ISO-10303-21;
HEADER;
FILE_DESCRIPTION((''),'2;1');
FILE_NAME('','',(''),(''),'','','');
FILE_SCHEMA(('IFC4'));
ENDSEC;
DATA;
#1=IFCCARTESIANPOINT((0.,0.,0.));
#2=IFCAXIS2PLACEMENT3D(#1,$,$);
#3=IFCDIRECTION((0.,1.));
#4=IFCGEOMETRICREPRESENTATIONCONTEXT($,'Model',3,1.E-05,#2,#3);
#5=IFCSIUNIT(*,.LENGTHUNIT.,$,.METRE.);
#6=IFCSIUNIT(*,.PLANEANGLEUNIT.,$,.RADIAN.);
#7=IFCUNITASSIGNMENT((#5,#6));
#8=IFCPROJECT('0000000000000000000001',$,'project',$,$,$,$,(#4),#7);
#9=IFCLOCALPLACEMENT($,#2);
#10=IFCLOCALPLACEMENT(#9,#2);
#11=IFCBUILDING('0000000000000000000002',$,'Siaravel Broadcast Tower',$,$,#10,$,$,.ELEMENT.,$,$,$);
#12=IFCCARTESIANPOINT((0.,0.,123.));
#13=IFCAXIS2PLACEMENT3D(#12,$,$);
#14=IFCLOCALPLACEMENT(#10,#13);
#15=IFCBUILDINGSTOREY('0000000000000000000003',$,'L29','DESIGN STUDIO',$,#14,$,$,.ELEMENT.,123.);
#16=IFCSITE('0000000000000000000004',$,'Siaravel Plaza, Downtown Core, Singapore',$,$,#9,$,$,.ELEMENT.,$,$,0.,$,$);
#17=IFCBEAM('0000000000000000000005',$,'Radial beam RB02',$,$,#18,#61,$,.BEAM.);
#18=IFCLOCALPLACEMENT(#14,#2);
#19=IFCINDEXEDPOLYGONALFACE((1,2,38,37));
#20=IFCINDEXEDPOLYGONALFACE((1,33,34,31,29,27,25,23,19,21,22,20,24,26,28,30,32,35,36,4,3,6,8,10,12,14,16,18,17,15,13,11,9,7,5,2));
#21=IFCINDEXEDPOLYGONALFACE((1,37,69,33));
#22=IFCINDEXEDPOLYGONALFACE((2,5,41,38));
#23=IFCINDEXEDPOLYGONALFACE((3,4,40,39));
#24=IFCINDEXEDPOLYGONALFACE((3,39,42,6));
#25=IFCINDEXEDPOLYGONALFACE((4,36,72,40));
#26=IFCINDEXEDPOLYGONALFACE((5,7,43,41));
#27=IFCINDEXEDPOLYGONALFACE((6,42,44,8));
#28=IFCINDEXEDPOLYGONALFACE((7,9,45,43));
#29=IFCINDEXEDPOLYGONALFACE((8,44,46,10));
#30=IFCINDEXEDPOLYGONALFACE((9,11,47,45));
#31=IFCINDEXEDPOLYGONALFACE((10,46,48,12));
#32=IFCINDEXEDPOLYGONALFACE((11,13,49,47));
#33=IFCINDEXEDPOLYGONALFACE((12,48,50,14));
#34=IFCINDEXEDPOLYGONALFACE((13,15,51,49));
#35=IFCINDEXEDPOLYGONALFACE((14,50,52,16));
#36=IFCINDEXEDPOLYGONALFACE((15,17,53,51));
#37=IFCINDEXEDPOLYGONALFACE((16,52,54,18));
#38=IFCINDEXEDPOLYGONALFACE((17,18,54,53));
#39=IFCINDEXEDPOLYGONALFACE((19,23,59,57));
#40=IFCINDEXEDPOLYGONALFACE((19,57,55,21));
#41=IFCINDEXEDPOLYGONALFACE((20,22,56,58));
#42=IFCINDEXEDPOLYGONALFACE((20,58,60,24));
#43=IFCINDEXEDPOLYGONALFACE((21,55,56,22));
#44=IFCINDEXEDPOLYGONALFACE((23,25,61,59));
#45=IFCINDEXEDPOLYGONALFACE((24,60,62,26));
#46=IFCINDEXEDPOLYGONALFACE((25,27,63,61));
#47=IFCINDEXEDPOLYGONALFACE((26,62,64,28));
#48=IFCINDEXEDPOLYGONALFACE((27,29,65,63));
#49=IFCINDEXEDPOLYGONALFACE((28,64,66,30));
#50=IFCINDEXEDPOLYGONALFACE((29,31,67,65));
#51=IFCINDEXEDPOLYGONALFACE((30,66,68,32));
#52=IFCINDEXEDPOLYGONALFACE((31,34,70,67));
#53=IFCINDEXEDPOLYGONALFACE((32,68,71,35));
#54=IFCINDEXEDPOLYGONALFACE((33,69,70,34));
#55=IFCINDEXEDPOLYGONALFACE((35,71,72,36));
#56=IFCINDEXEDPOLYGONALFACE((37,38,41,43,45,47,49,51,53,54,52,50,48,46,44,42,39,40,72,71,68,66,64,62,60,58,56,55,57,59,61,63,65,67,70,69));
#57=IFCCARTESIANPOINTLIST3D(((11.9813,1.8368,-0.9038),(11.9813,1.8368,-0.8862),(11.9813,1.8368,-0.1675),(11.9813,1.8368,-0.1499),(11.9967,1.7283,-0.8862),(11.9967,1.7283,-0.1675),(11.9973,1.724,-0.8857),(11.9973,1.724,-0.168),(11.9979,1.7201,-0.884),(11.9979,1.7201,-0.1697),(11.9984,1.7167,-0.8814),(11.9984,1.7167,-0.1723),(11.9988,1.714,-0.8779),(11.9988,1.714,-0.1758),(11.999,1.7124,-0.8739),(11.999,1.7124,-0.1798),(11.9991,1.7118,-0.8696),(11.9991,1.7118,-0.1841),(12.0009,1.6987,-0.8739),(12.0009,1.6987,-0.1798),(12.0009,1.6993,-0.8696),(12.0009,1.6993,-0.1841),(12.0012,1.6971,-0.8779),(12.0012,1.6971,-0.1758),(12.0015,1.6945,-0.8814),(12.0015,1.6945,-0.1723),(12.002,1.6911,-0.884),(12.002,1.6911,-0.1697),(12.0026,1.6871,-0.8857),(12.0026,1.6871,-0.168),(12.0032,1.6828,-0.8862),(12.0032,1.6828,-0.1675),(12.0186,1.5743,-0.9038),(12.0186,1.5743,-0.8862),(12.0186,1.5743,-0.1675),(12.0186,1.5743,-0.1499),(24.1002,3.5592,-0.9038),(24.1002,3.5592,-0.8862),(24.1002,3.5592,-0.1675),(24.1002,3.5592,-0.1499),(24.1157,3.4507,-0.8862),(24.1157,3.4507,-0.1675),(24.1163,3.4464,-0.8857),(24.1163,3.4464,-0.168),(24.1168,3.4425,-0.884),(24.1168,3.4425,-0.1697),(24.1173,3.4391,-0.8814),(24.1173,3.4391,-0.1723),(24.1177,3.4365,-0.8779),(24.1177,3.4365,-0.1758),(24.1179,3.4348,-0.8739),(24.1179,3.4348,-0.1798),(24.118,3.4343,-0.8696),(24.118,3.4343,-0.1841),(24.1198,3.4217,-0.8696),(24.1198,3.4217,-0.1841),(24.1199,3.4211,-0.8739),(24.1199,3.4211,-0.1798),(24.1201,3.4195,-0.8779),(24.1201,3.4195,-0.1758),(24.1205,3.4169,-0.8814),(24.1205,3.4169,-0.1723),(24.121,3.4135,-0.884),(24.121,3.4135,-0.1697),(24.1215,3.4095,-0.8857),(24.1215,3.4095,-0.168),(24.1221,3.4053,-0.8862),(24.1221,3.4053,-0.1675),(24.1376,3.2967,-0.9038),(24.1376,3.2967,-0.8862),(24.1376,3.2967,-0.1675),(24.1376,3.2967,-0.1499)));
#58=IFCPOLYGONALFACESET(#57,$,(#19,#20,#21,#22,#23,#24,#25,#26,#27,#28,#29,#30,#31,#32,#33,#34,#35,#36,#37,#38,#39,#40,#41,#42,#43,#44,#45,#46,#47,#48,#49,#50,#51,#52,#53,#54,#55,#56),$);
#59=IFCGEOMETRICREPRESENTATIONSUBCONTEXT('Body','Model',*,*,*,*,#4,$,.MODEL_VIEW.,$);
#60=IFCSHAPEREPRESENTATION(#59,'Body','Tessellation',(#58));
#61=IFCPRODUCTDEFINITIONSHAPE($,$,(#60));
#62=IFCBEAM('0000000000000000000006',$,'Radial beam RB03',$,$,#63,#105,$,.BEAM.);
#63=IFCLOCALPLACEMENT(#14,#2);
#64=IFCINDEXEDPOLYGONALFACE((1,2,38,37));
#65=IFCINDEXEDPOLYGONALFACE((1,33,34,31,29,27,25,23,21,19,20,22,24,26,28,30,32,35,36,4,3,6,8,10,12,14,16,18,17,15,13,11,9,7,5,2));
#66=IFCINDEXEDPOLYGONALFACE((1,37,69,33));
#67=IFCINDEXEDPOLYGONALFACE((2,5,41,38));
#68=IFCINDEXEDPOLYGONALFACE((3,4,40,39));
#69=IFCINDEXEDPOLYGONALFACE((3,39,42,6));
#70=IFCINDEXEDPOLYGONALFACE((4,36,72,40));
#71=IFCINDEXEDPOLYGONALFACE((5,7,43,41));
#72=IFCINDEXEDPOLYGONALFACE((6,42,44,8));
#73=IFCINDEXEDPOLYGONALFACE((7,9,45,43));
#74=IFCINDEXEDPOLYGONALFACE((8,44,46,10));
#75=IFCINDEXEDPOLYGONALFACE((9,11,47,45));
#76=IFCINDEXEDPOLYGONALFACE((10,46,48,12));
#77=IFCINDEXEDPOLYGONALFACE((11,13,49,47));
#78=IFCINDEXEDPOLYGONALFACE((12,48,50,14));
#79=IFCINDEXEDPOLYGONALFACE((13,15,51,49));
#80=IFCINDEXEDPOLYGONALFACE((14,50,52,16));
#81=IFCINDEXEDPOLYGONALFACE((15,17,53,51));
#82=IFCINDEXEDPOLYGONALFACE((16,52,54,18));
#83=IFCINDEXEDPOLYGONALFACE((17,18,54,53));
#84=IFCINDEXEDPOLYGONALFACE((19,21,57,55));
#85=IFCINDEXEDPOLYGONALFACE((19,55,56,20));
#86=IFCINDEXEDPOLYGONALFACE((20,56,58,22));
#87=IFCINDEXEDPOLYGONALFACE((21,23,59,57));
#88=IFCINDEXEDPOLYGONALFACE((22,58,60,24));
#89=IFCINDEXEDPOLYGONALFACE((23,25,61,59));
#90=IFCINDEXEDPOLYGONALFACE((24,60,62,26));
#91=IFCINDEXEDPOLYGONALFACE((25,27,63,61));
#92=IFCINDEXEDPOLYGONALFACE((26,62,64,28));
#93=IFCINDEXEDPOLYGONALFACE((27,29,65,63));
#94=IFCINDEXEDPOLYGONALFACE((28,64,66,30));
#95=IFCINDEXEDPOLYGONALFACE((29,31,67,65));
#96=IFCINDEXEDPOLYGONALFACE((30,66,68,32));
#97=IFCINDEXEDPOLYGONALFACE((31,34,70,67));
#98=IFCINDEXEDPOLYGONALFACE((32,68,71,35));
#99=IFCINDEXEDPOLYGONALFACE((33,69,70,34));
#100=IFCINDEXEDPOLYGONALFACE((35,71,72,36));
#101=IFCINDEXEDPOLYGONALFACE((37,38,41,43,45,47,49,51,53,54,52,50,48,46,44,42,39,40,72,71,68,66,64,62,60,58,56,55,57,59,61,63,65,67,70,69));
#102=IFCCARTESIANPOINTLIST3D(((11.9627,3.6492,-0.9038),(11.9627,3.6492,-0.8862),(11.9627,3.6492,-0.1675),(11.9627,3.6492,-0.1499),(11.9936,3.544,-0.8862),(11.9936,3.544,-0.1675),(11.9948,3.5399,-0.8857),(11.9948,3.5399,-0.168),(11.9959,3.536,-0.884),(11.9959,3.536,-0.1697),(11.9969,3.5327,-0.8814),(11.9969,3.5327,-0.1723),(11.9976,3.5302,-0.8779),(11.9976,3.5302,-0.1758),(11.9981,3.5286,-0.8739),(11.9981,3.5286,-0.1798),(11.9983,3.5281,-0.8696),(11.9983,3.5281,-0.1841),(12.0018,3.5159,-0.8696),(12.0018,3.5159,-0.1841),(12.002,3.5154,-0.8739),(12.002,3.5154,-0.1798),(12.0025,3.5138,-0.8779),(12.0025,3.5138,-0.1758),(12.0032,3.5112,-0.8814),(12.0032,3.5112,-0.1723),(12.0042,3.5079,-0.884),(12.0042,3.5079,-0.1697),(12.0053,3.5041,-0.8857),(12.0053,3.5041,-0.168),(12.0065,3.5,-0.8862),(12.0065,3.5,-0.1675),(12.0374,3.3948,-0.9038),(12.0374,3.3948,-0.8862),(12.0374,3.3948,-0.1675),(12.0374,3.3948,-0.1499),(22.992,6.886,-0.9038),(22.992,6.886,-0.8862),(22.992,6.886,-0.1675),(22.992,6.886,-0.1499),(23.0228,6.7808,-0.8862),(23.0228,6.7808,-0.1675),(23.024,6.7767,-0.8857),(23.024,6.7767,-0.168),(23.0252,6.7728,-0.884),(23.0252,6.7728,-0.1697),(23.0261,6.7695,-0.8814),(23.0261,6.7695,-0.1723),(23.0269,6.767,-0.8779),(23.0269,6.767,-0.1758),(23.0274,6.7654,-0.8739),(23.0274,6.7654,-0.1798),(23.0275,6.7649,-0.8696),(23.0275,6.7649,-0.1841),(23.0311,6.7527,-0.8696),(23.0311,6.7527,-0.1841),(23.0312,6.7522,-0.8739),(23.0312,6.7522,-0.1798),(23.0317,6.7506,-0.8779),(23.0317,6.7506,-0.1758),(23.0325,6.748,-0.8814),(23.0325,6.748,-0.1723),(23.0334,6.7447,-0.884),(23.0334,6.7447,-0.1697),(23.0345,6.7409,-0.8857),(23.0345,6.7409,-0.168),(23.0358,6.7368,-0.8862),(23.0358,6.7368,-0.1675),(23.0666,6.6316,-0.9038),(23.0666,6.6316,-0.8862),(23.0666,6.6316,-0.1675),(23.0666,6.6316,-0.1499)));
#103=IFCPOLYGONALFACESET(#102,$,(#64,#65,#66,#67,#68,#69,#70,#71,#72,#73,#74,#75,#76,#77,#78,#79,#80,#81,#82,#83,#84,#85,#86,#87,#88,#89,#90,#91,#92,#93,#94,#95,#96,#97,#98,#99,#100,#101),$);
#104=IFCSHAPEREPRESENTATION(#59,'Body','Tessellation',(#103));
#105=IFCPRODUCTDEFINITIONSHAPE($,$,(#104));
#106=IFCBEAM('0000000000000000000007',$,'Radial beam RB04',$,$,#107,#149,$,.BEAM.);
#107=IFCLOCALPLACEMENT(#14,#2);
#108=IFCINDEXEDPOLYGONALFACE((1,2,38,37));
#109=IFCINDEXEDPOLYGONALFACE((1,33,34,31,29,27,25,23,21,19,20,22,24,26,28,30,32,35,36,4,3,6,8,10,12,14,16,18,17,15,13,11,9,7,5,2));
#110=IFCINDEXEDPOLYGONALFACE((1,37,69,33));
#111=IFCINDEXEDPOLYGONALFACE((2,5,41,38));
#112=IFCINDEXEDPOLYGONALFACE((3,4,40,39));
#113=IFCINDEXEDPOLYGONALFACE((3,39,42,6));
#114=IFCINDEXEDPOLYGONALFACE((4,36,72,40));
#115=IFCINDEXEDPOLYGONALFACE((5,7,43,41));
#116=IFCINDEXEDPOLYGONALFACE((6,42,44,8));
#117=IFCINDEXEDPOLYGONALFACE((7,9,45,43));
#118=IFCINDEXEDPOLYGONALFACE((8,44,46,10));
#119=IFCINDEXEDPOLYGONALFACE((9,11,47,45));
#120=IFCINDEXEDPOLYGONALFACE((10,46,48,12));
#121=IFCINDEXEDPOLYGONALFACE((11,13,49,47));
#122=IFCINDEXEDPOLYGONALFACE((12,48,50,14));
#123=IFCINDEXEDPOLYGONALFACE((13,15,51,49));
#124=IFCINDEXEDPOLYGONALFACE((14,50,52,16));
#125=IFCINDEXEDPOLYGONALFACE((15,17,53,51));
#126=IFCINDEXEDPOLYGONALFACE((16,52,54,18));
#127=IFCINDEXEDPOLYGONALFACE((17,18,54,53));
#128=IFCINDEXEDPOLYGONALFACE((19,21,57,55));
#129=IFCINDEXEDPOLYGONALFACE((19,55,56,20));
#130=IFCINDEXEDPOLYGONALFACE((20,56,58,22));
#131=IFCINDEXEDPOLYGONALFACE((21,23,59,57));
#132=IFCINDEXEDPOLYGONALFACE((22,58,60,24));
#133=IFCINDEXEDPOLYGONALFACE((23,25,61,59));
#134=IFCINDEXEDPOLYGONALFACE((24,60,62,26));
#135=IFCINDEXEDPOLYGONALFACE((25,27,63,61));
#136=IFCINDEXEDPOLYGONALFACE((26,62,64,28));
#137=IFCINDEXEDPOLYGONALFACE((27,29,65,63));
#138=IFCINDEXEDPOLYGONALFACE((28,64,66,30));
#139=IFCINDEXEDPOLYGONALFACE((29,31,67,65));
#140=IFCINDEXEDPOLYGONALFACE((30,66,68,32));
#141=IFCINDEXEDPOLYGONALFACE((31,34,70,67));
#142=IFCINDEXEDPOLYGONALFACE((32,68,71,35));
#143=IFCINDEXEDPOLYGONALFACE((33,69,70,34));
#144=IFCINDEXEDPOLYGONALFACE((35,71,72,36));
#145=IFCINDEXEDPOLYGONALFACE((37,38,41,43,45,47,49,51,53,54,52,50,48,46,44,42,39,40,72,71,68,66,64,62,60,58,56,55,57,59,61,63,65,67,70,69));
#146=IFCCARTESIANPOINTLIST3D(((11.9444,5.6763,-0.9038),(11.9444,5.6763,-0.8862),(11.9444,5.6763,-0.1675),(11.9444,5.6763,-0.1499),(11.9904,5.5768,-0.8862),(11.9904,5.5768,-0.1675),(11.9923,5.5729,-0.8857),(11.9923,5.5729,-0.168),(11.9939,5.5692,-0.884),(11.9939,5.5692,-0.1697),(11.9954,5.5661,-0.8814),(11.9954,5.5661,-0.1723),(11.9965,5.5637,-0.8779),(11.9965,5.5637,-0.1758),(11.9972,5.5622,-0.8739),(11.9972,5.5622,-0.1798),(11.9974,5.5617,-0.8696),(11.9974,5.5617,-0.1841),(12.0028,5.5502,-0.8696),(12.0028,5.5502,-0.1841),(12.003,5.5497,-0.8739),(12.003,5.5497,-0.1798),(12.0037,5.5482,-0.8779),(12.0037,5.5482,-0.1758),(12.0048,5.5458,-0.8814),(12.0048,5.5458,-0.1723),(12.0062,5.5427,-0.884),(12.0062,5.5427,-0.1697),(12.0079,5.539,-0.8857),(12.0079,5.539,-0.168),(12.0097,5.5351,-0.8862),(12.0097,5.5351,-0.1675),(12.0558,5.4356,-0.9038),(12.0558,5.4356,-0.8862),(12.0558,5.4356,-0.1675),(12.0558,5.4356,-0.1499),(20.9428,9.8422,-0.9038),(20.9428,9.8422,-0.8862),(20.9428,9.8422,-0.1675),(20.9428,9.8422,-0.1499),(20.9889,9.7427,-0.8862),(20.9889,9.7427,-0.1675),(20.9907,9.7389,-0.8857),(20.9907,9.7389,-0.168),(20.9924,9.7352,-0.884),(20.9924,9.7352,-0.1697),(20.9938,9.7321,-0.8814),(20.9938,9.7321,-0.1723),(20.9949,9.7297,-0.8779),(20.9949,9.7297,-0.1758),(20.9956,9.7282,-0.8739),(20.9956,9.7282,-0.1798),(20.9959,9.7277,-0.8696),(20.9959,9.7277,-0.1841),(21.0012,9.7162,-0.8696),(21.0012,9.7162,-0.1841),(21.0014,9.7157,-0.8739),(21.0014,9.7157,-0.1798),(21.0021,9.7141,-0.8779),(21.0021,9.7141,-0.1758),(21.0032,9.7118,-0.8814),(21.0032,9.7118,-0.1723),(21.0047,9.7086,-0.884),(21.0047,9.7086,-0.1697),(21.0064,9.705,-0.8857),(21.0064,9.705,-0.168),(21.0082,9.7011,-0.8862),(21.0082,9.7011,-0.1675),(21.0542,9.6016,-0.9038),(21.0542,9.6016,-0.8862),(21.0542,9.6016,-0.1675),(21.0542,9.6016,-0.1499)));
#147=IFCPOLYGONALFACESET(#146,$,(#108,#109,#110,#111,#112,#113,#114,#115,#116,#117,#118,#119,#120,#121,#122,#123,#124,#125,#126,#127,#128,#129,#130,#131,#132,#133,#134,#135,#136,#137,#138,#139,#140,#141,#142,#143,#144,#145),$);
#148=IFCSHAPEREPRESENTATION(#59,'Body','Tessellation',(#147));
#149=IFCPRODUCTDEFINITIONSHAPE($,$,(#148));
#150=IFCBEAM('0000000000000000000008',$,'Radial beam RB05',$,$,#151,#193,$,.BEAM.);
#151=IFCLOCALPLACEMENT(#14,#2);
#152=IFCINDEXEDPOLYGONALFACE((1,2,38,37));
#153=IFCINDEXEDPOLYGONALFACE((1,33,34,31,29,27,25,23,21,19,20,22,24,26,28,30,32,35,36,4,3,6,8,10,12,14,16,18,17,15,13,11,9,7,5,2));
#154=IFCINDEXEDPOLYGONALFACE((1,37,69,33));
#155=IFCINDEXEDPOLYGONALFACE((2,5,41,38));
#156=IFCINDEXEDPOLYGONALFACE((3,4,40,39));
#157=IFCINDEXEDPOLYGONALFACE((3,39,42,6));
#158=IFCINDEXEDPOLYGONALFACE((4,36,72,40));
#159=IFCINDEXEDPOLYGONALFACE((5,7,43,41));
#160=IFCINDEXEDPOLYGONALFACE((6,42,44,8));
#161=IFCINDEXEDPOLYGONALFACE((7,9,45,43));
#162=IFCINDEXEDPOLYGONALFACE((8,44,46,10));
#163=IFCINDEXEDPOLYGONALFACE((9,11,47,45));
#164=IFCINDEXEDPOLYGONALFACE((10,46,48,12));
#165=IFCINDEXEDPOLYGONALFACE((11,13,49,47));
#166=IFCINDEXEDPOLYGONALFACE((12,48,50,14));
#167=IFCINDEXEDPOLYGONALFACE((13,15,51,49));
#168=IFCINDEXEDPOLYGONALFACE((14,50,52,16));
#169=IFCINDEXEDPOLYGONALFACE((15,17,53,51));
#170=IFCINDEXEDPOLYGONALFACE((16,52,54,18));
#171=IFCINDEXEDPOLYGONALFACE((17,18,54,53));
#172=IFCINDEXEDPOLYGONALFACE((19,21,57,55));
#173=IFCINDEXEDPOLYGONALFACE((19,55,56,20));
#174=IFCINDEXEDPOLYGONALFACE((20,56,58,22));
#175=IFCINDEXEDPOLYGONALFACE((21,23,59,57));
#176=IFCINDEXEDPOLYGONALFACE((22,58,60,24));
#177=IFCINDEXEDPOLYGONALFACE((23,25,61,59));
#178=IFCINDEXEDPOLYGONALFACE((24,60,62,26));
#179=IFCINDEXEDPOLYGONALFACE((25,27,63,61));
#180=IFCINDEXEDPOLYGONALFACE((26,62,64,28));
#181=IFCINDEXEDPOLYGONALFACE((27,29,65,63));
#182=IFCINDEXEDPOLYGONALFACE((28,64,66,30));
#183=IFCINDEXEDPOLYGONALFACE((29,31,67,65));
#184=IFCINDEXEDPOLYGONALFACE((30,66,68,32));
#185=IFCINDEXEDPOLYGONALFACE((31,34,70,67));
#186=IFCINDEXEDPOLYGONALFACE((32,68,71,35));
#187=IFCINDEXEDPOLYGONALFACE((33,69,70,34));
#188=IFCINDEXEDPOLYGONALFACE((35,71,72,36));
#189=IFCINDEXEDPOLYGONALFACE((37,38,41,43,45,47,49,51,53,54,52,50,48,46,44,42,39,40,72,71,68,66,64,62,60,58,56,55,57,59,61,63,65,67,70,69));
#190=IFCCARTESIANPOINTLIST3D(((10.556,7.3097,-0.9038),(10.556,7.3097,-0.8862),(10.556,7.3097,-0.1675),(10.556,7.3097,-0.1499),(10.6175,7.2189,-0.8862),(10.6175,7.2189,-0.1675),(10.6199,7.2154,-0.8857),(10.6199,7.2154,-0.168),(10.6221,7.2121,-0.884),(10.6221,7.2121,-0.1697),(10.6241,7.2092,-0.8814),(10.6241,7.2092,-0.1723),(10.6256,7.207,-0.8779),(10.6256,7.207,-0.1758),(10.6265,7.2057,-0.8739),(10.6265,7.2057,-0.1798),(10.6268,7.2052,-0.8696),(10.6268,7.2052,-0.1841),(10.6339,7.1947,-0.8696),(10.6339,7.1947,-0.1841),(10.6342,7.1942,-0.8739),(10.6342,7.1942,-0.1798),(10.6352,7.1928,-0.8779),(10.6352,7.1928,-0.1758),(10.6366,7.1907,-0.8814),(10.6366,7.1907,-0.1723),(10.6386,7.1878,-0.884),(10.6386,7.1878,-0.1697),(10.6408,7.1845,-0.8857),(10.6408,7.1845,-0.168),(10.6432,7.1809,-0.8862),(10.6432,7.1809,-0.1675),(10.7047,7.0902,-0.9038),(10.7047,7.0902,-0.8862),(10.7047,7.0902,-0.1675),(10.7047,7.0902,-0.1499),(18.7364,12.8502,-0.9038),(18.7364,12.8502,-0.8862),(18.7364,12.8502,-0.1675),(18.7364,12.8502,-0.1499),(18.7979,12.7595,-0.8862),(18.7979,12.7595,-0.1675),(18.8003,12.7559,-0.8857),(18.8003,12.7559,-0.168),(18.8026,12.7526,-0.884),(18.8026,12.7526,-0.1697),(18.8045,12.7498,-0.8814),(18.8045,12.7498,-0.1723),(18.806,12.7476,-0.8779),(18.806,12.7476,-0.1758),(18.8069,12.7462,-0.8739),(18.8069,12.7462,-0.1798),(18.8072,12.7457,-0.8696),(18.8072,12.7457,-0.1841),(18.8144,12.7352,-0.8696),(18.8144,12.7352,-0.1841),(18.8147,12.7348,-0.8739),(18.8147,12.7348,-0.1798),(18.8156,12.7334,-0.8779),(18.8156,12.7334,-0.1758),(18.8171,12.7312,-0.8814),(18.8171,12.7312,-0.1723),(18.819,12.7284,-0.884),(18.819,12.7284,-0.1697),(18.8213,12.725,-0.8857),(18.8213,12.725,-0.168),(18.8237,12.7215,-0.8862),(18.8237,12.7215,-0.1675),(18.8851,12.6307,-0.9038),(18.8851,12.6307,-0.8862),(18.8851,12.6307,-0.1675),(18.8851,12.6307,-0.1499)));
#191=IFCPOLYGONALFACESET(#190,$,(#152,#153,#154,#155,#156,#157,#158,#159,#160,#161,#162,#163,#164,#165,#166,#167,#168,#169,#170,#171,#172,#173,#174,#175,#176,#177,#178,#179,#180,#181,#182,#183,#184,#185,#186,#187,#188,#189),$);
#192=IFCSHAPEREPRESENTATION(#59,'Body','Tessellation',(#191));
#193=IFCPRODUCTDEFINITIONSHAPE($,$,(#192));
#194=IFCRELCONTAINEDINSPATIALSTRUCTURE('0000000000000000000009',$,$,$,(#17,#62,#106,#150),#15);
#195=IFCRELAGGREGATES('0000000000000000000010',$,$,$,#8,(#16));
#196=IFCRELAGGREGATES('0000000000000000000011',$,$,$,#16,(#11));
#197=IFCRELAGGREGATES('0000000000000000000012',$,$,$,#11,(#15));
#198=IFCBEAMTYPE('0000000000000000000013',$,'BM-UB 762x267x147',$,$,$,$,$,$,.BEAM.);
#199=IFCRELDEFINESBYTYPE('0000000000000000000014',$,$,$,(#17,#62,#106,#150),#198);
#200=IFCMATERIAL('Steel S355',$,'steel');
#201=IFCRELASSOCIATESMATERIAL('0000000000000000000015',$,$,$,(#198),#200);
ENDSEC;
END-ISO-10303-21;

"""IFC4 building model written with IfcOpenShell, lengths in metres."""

from ifc_helpers import new_model, si_unit, direction, frame, origin, origin_2d, place, context, subcontext, project, spatial, i_section, extrude, material, material_profile, profile_set, type_object, element, save


model = new_model("IFC4")

# Units and contexts
model_context = context("Model", 3, precision=1e-05, world=origin(), true_north=direction((0.0, 1.0)))
body_context = subcontext(model_context, "Body", "Model", "MODEL_VIEW")
ifc_project = project(units=[si_unit("LENGTHUNIT", "METRE"), si_unit("PLANEANGLEUNIT", "RADIAN")], contexts=[model_context])

# Site, building, storey
site_placement = place(None, origin())
site = spatial("IfcSite", under=ifc_project, at=site_placement, Name="Siaravel Plaza, Downtown Core, Singapore", CompositionType="ELEMENT", RefElevation=0.0)
building_placement = place(site_placement, origin())
building = spatial("IfcBuilding", under=site, at=building_placement, Name="Siaravel Broadcast Tower", CompositionType="ELEMENT")
storey_placement = place(building_placement, frame((0.0, 0.0, 123.0)))
storey = spatial("IfcBuildingStorey", under=building, at=storey_placement, Name="L29", Description="DESIGN STUDIO", CompositionType="ELEMENT", Elevation=123.0)

# Beams
ifc_material_1 = material(Name="Steel S355", Category="steel")
ifc_material_profile_1 = material_profile(ifc_material_1, i_section(OverallWidth=0.2651, OverallDepth=0.7539, WebThickness=0.0127, FlangeThickness=0.0176, FilletRadius=0.0166, at=origin_2d()))
ifc_profile_set_1 = profile_set([ifc_material_profile_1], Name="Steel S355")
beam_type = type_object("IfcBeamType", Name="BM-UB 762x267x147", PredefinedType="BEAM", material=ifc_profile_set_1)
beam_1_placement = place(storey_placement, frame((24.1189, 3.428, -0.5269), z_axis=(-0.990051, -0.140712, 0.0), x_axis=(0.140712, -0.990051, 0.0)))
element("IfcBeam", 1, at=beam_1_placement, inside=storey, type_object=beam_type, Name="Radial beam RB02", PredefinedType="BEAM", context=body_context, shape_type="SweptSolid", body=[
    extrude(i_section(OverallWidth=0.2651, OverallDepth=0.7539, WebThickness=0.0127, FlangeThickness=0.0176, FilletRadius=0.0166, at=origin_2d()), origin(), (0.0, 0.0, 1.0), 12.2407),
])
beam_2_placement = place(storey_placement, frame((23.0293, 6.7588, -0.5269), z_axis=(-0.959532, -0.281598, 0.0), x_axis=(0.281598, -0.959532, 0.0)))
element("IfcBeam", 2, at=beam_2_placement, inside=storey, type_object=beam_type, Name="Radial beam RB03", PredefinedType="BEAM", context=body_context, shape_type="SweptSolid", body=[
    extrude(i_section(OverallWidth=0.2651, OverallDepth=0.7539, WebThickness=0.0127, FlangeThickness=0.0176, FilletRadius=0.0166, at=origin_2d()), origin(), (0.0, 0.0, 1.0), 11.4944),
])
beam_3_placement = place(storey_placement, frame((20.9985, 9.7219, -0.5269), z_axis=(-0.907466, -0.420126, 0.0), x_axis=(0.420126, -0.907466, 0.0)))
element("IfcBeam", 3, at=beam_3_placement, inside=storey, type_object=beam_type, Name="Radial beam RB04", PredefinedType="BEAM", context=body_context, shape_type="SweptSolid", body=[
    extrude(i_section(OverallWidth=0.2651, OverallDepth=0.7539, WebThickness=0.0127, FlangeThickness=0.0176, FilletRadius=0.0166, at=origin_2d()), origin(), (0.0, 0.0, 1.0), 9.916),
])
beam_4_placement = place(storey_placement, frame((18.8108, 12.7405, -0.5269), z_axis=(-0.827968, -0.560775, 0.0), x_axis=(0.560775, -0.827968, 0.0)))
element("IfcBeam", 4, at=beam_4_placement, inside=storey, type_object=beam_type, Name="Radial beam RB05", PredefinedType="BEAM", context=body_context, shape_type="SweptSolid", body=[
    extrude(i_section(OverallWidth=0.2651, OverallDepth=0.7539, WebThickness=0.0127, FlangeThickness=0.0176, FilletRadius=0.0166, at=origin_2d()), origin(), (0.0, 0.0, 1.0), 9.8801),
])

save(model, "model.ifc")
